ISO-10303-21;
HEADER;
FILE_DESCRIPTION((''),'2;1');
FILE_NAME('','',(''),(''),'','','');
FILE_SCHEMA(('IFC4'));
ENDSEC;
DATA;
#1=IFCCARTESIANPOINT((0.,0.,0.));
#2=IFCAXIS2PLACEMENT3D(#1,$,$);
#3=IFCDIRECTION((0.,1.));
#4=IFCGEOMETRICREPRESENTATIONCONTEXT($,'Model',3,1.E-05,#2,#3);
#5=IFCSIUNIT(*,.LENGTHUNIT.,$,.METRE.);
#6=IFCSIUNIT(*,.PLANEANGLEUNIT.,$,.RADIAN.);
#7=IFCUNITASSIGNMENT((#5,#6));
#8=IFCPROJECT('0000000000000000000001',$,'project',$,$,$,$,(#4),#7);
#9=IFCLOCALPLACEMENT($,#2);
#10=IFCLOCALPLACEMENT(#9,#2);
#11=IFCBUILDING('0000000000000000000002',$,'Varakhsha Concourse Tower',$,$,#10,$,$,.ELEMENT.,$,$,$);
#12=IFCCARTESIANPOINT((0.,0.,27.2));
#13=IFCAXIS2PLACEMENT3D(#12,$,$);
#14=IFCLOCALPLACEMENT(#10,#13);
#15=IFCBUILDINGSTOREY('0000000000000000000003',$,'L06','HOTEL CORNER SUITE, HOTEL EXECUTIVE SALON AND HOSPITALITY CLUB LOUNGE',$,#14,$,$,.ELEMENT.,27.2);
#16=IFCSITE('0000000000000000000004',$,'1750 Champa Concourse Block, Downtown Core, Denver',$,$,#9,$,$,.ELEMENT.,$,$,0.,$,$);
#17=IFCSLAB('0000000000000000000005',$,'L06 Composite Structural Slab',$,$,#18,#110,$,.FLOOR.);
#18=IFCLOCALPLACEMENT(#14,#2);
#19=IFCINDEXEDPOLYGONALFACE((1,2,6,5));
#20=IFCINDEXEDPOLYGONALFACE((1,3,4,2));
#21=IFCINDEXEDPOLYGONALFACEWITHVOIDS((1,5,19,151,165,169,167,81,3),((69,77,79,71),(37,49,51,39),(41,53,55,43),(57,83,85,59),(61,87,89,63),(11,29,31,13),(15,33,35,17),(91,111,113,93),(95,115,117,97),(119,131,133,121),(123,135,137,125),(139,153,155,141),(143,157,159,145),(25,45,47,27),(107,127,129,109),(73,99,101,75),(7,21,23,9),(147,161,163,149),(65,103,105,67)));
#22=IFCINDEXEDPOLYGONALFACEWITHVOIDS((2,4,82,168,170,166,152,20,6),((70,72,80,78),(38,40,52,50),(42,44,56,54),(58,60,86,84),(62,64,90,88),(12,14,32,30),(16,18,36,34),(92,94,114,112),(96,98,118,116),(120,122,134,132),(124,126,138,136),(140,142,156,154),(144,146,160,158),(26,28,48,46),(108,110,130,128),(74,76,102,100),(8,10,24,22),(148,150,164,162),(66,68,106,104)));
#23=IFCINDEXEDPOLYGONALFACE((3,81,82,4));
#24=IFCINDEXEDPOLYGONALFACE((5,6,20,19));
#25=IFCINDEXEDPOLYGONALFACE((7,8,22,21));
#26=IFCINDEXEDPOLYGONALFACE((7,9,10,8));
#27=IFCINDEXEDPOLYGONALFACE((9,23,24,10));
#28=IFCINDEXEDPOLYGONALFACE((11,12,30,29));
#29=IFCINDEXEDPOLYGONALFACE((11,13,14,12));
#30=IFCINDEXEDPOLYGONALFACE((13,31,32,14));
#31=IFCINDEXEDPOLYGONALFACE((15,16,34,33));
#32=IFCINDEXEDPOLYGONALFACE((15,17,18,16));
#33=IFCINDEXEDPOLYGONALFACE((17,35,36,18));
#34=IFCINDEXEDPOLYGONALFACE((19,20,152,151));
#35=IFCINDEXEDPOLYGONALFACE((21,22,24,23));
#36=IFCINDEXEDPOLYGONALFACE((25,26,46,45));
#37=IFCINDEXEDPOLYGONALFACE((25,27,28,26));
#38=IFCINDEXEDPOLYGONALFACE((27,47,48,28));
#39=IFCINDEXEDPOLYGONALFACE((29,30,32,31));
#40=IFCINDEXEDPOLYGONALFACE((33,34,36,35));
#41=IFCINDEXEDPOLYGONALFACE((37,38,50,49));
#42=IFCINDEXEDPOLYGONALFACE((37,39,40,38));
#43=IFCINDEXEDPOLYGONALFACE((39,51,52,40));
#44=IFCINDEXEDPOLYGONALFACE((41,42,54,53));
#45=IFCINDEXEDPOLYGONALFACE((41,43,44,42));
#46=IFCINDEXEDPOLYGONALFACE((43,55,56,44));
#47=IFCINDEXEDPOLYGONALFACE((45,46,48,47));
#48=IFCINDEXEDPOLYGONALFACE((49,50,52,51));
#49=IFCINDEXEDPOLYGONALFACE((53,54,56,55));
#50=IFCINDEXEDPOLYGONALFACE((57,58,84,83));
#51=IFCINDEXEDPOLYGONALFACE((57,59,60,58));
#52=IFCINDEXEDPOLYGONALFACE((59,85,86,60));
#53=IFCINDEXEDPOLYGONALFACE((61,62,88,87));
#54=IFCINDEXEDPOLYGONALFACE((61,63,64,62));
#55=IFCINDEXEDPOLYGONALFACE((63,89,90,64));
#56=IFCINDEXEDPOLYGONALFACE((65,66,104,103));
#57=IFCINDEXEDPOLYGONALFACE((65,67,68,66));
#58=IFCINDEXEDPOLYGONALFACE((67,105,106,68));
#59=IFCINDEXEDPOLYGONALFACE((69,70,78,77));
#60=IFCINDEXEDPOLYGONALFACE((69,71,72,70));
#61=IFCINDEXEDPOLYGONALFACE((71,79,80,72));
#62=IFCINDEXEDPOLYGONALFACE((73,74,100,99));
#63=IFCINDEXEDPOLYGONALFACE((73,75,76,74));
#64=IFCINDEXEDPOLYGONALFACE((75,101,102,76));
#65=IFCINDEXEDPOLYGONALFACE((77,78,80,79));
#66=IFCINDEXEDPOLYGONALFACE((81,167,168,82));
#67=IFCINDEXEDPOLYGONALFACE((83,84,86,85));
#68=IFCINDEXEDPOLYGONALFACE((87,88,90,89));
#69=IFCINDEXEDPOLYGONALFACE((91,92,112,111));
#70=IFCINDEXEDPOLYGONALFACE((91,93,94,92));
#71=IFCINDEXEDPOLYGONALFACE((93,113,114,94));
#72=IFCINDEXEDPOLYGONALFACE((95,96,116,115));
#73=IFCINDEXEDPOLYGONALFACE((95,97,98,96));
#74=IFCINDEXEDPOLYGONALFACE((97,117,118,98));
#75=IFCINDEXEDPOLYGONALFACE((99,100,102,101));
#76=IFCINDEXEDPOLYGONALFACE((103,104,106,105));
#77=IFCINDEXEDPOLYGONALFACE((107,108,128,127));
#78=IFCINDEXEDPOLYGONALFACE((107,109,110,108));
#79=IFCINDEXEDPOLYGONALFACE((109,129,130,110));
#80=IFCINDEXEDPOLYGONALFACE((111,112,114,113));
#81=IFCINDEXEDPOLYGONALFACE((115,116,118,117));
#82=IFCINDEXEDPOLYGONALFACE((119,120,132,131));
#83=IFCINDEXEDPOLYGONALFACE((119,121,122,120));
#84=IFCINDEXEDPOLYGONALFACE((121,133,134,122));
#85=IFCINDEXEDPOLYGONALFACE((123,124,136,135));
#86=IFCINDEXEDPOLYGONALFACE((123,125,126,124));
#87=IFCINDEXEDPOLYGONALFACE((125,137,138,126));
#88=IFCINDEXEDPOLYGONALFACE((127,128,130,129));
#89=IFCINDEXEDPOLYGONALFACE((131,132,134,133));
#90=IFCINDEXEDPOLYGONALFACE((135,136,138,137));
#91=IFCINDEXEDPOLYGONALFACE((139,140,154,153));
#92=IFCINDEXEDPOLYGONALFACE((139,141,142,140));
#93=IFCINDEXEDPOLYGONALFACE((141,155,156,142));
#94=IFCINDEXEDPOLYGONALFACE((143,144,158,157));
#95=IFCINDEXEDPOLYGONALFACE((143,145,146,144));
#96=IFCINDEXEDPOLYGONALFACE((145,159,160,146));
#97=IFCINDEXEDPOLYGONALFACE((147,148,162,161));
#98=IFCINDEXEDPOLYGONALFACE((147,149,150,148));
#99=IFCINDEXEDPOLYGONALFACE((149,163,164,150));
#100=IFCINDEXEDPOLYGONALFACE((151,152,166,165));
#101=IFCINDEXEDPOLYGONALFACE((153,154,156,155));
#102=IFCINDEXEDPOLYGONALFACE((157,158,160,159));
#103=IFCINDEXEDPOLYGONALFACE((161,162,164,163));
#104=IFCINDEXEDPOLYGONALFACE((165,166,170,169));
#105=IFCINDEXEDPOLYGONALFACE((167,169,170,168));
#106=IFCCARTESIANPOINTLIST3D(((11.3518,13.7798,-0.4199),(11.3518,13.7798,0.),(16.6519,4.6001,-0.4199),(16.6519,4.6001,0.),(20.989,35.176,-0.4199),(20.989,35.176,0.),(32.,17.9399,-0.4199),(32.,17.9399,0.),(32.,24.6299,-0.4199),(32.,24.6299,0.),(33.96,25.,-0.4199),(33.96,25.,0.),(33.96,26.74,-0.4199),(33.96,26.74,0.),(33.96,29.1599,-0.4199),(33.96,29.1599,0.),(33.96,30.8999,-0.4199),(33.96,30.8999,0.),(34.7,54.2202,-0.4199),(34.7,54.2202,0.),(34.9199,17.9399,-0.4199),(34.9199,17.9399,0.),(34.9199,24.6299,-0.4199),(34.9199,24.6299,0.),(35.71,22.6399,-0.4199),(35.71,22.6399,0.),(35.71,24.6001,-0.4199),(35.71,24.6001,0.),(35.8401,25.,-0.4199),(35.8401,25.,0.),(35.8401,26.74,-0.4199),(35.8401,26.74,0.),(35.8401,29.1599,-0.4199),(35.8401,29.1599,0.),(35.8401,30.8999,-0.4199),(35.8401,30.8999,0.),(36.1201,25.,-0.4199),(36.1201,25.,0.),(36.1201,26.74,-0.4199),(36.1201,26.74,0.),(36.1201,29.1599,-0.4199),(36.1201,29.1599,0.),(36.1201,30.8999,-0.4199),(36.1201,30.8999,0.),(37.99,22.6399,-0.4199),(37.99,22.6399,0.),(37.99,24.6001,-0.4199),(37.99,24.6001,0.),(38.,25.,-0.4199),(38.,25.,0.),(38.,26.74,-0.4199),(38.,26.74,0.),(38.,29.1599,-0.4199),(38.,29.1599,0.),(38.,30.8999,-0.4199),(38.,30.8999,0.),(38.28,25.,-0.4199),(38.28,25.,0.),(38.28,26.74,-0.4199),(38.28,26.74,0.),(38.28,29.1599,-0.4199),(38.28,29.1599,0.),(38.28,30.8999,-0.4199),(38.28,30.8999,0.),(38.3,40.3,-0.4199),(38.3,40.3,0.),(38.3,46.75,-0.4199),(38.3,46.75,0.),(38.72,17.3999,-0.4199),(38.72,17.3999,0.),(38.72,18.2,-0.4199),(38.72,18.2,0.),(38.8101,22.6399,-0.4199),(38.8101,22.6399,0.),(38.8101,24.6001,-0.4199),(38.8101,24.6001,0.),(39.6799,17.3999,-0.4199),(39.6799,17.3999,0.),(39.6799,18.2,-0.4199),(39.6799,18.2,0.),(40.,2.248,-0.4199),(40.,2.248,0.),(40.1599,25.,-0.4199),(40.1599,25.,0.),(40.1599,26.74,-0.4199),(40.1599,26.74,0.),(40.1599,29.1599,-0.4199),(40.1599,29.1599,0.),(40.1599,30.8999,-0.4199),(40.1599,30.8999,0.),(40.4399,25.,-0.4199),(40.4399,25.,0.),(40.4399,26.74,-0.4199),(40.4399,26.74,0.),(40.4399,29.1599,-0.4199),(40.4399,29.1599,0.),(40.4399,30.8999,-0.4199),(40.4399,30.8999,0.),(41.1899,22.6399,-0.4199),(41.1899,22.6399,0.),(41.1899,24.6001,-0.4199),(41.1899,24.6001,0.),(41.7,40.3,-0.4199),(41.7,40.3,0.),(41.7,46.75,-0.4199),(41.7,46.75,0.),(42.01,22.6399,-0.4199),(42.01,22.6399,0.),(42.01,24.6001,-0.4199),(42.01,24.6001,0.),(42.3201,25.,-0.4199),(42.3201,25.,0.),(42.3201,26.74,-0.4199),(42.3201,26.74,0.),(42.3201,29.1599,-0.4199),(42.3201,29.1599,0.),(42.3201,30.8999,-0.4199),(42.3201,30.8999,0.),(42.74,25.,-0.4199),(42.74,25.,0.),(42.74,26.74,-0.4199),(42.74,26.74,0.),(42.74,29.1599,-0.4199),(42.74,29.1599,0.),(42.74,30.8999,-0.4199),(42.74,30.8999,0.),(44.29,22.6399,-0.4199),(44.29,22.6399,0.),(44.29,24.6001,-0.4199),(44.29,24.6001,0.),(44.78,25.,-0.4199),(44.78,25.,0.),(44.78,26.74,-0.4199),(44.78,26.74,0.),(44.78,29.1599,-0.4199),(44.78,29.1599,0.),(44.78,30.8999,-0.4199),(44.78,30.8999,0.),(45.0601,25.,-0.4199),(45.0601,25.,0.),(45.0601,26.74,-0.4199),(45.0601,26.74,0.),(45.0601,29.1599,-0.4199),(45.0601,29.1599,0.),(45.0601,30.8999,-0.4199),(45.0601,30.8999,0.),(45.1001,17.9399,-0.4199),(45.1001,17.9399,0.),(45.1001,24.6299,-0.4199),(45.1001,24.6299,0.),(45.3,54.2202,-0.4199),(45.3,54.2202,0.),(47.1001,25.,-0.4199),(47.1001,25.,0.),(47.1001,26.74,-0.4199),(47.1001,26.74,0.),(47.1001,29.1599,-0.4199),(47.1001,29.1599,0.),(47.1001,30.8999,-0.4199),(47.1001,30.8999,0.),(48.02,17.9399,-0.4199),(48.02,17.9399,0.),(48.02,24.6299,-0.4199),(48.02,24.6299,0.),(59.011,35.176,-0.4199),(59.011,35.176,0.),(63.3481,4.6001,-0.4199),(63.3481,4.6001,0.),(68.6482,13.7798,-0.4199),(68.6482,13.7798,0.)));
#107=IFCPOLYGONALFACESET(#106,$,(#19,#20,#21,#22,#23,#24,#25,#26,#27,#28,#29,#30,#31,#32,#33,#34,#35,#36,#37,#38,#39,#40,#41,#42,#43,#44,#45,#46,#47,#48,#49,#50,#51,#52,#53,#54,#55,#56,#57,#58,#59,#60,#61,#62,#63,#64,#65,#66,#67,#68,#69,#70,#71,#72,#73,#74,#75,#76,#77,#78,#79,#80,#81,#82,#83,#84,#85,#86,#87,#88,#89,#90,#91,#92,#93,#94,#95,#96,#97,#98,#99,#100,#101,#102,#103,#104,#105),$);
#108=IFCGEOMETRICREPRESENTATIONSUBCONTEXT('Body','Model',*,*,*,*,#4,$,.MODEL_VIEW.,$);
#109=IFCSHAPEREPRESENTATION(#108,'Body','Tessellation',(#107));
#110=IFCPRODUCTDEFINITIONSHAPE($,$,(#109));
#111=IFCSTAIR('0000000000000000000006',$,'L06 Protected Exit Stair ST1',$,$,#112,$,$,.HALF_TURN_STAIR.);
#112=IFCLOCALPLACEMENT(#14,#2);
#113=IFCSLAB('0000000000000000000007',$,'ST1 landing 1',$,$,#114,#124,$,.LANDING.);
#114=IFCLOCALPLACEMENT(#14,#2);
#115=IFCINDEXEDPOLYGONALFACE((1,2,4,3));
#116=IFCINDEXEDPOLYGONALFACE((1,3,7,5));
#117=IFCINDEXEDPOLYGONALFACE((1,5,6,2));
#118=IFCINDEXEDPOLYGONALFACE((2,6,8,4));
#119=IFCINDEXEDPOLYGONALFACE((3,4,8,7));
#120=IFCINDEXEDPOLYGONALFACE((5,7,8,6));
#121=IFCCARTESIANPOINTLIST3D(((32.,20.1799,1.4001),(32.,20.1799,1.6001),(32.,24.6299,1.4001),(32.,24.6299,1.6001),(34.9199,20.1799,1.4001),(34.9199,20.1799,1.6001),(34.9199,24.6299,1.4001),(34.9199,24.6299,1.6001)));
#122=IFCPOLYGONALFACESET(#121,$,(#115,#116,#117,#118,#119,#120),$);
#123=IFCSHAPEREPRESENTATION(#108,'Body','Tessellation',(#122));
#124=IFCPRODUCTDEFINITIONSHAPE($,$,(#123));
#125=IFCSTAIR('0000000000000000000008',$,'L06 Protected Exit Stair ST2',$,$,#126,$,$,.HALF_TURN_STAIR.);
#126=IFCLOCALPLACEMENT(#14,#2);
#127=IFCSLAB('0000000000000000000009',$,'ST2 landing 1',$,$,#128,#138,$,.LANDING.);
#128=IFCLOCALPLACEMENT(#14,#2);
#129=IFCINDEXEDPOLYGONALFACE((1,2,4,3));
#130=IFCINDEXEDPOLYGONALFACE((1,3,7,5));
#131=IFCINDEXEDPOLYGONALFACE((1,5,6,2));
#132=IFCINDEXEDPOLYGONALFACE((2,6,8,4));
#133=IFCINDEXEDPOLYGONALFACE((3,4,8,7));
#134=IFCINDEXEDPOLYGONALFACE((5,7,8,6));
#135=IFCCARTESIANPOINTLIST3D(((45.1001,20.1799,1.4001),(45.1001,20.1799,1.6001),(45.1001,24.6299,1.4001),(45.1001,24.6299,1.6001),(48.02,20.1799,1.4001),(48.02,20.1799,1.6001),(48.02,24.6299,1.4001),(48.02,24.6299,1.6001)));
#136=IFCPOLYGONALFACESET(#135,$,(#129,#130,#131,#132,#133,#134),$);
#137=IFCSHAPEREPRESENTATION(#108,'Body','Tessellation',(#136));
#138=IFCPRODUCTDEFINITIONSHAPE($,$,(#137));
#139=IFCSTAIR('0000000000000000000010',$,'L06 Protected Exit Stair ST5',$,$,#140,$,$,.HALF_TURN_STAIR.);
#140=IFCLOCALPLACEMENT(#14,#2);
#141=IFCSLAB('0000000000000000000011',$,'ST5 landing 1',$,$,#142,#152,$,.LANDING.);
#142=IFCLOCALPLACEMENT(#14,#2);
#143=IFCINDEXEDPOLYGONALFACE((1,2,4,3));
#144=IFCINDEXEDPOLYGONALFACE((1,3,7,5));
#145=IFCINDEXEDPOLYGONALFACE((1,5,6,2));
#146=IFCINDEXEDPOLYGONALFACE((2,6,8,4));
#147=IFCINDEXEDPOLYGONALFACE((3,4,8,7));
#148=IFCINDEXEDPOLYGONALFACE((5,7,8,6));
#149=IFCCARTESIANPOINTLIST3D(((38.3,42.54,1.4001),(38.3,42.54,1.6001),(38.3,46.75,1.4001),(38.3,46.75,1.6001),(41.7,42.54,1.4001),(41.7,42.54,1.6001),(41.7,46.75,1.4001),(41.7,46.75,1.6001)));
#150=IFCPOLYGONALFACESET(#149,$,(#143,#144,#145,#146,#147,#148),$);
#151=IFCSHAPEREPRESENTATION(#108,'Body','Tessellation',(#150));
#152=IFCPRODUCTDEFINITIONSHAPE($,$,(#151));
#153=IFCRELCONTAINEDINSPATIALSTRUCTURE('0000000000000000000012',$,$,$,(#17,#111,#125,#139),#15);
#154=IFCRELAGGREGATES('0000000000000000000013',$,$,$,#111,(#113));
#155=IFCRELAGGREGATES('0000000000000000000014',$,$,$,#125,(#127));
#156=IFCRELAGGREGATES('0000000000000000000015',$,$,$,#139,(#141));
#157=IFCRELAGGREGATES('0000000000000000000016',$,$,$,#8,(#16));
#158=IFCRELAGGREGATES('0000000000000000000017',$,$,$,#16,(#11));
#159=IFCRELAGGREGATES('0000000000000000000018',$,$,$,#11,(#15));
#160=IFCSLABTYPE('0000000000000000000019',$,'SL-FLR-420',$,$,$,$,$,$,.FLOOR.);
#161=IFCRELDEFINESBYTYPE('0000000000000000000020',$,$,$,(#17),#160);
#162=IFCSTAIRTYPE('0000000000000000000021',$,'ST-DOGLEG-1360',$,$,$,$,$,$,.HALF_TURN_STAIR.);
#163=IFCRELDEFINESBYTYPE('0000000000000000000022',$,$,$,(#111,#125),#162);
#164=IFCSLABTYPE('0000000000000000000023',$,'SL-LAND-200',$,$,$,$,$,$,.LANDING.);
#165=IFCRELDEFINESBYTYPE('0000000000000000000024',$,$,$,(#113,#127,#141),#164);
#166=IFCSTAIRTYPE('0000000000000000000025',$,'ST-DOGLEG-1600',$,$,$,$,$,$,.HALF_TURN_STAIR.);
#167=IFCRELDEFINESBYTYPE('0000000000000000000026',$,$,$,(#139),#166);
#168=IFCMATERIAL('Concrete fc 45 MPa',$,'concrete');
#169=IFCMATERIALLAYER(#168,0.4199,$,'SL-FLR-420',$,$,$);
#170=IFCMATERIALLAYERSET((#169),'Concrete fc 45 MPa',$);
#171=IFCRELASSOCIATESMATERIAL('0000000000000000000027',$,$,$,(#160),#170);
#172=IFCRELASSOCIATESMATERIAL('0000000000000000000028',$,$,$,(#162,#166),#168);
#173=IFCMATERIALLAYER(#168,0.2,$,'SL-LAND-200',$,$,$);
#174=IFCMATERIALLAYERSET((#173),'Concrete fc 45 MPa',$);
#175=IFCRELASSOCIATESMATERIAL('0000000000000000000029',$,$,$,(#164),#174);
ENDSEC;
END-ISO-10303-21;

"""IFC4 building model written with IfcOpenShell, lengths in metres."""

from ifc_helpers import new_model, si_unit, direction, frame, origin, place, context, subcontext, project, spatial, polyline, outline, extrude, material, layer, layer_set, type_object, element, aggregate, save


model = new_model("IFC4")

# Units and contexts
model_context = context("Model", 3, precision=1e-05, world=origin(), true_north=direction((0.0, 1.0)))
body_context = subcontext(model_context, "Body", "Model", "MODEL_VIEW")
ifc_project = project(units=[si_unit("LENGTHUNIT", "METRE"), si_unit("PLANEANGLEUNIT", "RADIAN")], contexts=[model_context])

# Site, building, storey
site_placement = place(None, origin())
site = spatial("IfcSite", under=ifc_project, at=site_placement, Name="1750 Champa Concourse Block, Downtown Core, Denver", CompositionType="ELEMENT", RefElevation=0.0)
building_placement = place(site_placement, origin())
building = spatial("IfcBuilding", under=site, at=building_placement, Name="Varakhsha Concourse Tower", CompositionType="ELEMENT")
storey_placement = place(building_placement, frame((0.0, 0.0, 27.2)))
storey = spatial("IfcBuildingStorey", under=building, at=storey_placement, Name="L06", Description="HOTEL CORNER SUITE, HOTEL EXECUTIVE SALON AND HOSPITALITY CLUB LOUNGE", CompositionType="ELEMENT", Elevation=27.2)

# Slab
ifc_material_1 = material(Name="Concrete fc 45 MPa", Category="concrete")
ifc_layer_1 = layer(ifc_material_1, 0.4199, Name="SL-FLR-420")
ifc_layer_set_1 = layer_set([ifc_layer_1], Name="Concrete fc 45 MPa")
slab_type_1 = type_object("IfcSlabType", Name="SL-FLR-420", PredefinedType="FLOOR", material=ifc_layer_set_1)
slab_1_placement = place(storey_placement, frame((0.0, 0.0, -0.4199)))
element("IfcSlab", 1, at=slab_1_placement, inside=storey, type_object=slab_type_1, Name="L06 Composite Structural Slab", PredefinedType="FLOOR", context=body_context, shape_type="SweptSolid", body=[
    extrude(outline(polyline([(45.3, 54.2202), (34.7, 54.2202), (20.989, 35.176), (11.3518, 13.7798), (16.6519, 4.6001), (40.0, 2.248), (63.3481, 4.6001), (68.6482, 13.7798), (59.011, 35.176), (45.3, 54.2202)]), holes=[polyline([(34.9199, 17.9399), (34.9199, 24.6299), (32.0, 24.6299), (32.0, 17.9399), (34.9199, 17.9399)]), polyline([(48.02, 17.9399), (48.02, 24.6299), (45.1001, 24.6299), (45.1001, 17.9399), (48.02, 17.9399)]), polyline([(41.7, 40.3), (41.7, 46.75), (38.3, 46.75), (38.3, 40.3), (41.7, 40.3)]), polyline([(33.96, 29.1599), (35.8401, 29.1599), (35.8401, 30.8999), (33.96, 30.8999), (33.96, 29.1599)]), polyline([(36.1201, 29.1599), (38.0, 29.1599), (38.0, 30.8999), (36.1201, 30.8999), (36.1201, 29.1599)]), polyline([(38.28, 29.1599), (40.1599, 29.1599), (40.1599, 30.8999), (38.28, 30.8999), (38.28, 29.1599)]), polyline([(40.4399, 29.1599), (42.3201, 29.1599), (42.3201, 30.8999), (40.4399, 30.8999), (40.4399, 29.1599)]), polyline([(33.96, 25.0), (35.8401, 25.0), (35.8401, 26.74), (33.96, 26.74), (33.96, 25.0)]), polyline([(36.1201, 25.0), (38.0, 25.0), (38.0, 26.74), (36.1201, 26.74), (36.1201, 25.0)]), polyline([(38.28, 25.0), (40.1599, 25.0), (40.1599, 26.74), (38.28, 26.74), (38.28, 25.0)]), polyline([(40.4399, 25.0), (42.3201, 25.0), (42.3201, 26.74), (40.4399, 26.74), (40.4399, 25.0)]), polyline([(42.74, 29.1599), (44.78, 29.1599), (44.78, 30.8999), (42.74, 30.8999), (42.74, 29.1599)]), polyline([(45.0601, 29.1599), (47.1001, 29.1599), (47.1001, 30.8999), (45.0601, 30.8999), (45.0601, 29.1599)]), polyline([(42.74, 25.0), (44.78, 25.0), (44.78, 26.74), (42.74, 26.74), (42.74, 25.0)]), polyline([(45.0601, 25.0), (47.1001, 25.0), (47.1001, 26.74), (45.0601, 26.74), (45.0601, 25.0)]), polyline([(35.71, 22.6399), (37.99, 22.6399), (37.99, 24.6001), (35.71, 24.6001), (35.71, 22.6399)]), polyline([(42.01, 22.6399), (44.29, 22.6399), (44.29, 24.6001), (42.01, 24.6001), (42.01, 22.6399)]), polyline([(38.8101, 22.6399), (41.1899, 22.6399), (41.1899, 24.6001), (38.8101, 24.6001), (38.8101, 22.6399)]), polyline([(38.72, 17.3999), (39.6799, 17.3999), (39.6799, 18.2), (38.72, 18.2), (38.72, 17.3999)])]), origin(), (0.0, 0.0, 1.0), 0.4199),
])

# Stairs, slabs
stair_type_1 = type_object("IfcStairType", Name="ST-DOGLEG-1360", PredefinedType="HALF_TURN_STAIR", material=ifc_material_1)
stair_1_placement = place(storey_placement, origin())
stair_1 = element("IfcStair", 2, at=stair_1_placement, inside=storey, type_object=stair_type_1, Name="L06 Protected Exit Stair ST1", PredefinedType="HALF_TURN_STAIR")
ifc_layer_2 = layer(ifc_material_1, 0.2, Name="SL-LAND-200")
ifc_layer_set_2 = layer_set([ifc_layer_2], Name="Concrete fc 45 MPa")
slab_type_2 = type_object("IfcSlabType", Name="SL-LAND-200", PredefinedType="LANDING", material=ifc_layer_set_2)
slab_2_placement = place(storey_placement, frame((0.0, 0.0, 1.4001)))
slab_2 = element("IfcSlab", 3, at=slab_2_placement, type_object=slab_type_2, Name="ST1 landing 1", PredefinedType="LANDING", context=body_context, shape_type="SweptSolid", body=[
    extrude(outline(polyline([(34.9199, 20.1799), (34.9199, 24.6299), (32.0, 24.6299), (32.0, 20.1799), (34.9199, 20.1799)])), origin(), (0.0, 0.0, 1.0), 0.2),
])
aggregate(stair_1, [slab_2])
stair_2_placement = place(storey_placement, origin())
stair_2 = element("IfcStair", 4, at=stair_2_placement, inside=storey, type_object=stair_type_1, Name="L06 Protected Exit Stair ST2", PredefinedType="HALF_TURN_STAIR")
slab_3_placement = place(storey_placement, frame((0.0, 0.0, 1.4001)))
slab_3 = element("IfcSlab", 5, at=slab_3_placement, type_object=slab_type_2, Name="ST2 landing 1", PredefinedType="LANDING", context=body_context, shape_type="SweptSolid", body=[
    extrude(outline(polyline([(48.02, 20.1799), (48.02, 24.6299), (45.1001, 24.6299), (45.1001, 20.1799), (48.02, 20.1799)])), origin(), (0.0, 0.0, 1.0), 0.2),
])
aggregate(stair_2, [slab_3])
stair_type_2 = type_object("IfcStairType", Name="ST-DOGLEG-1600", PredefinedType="HALF_TURN_STAIR", material=ifc_material_1)
stair_3_placement = place(storey_placement, origin())
stair_3 = element("IfcStair", 6, at=stair_3_placement, inside=storey, type_object=stair_type_2, Name="L06 Protected Exit Stair ST5", PredefinedType="HALF_TURN_STAIR")
slab_4_placement = place(storey_placement, frame((0.0, 0.0, 1.4001)))
slab_4 = element("IfcSlab", 7, at=slab_4_placement, type_object=slab_type_2, Name="ST5 landing 1", PredefinedType="LANDING", context=body_context, shape_type="SweptSolid", body=[
    extrude(outline(polyline([(41.7, 42.54), (41.7, 46.75), (38.3, 46.75), (38.3, 42.54), (41.7, 42.54)])), origin(), (0.0, 0.0, 1.0), 0.2),
])
aggregate(stair_3, [slab_4])

save(model, "model.ifc")
